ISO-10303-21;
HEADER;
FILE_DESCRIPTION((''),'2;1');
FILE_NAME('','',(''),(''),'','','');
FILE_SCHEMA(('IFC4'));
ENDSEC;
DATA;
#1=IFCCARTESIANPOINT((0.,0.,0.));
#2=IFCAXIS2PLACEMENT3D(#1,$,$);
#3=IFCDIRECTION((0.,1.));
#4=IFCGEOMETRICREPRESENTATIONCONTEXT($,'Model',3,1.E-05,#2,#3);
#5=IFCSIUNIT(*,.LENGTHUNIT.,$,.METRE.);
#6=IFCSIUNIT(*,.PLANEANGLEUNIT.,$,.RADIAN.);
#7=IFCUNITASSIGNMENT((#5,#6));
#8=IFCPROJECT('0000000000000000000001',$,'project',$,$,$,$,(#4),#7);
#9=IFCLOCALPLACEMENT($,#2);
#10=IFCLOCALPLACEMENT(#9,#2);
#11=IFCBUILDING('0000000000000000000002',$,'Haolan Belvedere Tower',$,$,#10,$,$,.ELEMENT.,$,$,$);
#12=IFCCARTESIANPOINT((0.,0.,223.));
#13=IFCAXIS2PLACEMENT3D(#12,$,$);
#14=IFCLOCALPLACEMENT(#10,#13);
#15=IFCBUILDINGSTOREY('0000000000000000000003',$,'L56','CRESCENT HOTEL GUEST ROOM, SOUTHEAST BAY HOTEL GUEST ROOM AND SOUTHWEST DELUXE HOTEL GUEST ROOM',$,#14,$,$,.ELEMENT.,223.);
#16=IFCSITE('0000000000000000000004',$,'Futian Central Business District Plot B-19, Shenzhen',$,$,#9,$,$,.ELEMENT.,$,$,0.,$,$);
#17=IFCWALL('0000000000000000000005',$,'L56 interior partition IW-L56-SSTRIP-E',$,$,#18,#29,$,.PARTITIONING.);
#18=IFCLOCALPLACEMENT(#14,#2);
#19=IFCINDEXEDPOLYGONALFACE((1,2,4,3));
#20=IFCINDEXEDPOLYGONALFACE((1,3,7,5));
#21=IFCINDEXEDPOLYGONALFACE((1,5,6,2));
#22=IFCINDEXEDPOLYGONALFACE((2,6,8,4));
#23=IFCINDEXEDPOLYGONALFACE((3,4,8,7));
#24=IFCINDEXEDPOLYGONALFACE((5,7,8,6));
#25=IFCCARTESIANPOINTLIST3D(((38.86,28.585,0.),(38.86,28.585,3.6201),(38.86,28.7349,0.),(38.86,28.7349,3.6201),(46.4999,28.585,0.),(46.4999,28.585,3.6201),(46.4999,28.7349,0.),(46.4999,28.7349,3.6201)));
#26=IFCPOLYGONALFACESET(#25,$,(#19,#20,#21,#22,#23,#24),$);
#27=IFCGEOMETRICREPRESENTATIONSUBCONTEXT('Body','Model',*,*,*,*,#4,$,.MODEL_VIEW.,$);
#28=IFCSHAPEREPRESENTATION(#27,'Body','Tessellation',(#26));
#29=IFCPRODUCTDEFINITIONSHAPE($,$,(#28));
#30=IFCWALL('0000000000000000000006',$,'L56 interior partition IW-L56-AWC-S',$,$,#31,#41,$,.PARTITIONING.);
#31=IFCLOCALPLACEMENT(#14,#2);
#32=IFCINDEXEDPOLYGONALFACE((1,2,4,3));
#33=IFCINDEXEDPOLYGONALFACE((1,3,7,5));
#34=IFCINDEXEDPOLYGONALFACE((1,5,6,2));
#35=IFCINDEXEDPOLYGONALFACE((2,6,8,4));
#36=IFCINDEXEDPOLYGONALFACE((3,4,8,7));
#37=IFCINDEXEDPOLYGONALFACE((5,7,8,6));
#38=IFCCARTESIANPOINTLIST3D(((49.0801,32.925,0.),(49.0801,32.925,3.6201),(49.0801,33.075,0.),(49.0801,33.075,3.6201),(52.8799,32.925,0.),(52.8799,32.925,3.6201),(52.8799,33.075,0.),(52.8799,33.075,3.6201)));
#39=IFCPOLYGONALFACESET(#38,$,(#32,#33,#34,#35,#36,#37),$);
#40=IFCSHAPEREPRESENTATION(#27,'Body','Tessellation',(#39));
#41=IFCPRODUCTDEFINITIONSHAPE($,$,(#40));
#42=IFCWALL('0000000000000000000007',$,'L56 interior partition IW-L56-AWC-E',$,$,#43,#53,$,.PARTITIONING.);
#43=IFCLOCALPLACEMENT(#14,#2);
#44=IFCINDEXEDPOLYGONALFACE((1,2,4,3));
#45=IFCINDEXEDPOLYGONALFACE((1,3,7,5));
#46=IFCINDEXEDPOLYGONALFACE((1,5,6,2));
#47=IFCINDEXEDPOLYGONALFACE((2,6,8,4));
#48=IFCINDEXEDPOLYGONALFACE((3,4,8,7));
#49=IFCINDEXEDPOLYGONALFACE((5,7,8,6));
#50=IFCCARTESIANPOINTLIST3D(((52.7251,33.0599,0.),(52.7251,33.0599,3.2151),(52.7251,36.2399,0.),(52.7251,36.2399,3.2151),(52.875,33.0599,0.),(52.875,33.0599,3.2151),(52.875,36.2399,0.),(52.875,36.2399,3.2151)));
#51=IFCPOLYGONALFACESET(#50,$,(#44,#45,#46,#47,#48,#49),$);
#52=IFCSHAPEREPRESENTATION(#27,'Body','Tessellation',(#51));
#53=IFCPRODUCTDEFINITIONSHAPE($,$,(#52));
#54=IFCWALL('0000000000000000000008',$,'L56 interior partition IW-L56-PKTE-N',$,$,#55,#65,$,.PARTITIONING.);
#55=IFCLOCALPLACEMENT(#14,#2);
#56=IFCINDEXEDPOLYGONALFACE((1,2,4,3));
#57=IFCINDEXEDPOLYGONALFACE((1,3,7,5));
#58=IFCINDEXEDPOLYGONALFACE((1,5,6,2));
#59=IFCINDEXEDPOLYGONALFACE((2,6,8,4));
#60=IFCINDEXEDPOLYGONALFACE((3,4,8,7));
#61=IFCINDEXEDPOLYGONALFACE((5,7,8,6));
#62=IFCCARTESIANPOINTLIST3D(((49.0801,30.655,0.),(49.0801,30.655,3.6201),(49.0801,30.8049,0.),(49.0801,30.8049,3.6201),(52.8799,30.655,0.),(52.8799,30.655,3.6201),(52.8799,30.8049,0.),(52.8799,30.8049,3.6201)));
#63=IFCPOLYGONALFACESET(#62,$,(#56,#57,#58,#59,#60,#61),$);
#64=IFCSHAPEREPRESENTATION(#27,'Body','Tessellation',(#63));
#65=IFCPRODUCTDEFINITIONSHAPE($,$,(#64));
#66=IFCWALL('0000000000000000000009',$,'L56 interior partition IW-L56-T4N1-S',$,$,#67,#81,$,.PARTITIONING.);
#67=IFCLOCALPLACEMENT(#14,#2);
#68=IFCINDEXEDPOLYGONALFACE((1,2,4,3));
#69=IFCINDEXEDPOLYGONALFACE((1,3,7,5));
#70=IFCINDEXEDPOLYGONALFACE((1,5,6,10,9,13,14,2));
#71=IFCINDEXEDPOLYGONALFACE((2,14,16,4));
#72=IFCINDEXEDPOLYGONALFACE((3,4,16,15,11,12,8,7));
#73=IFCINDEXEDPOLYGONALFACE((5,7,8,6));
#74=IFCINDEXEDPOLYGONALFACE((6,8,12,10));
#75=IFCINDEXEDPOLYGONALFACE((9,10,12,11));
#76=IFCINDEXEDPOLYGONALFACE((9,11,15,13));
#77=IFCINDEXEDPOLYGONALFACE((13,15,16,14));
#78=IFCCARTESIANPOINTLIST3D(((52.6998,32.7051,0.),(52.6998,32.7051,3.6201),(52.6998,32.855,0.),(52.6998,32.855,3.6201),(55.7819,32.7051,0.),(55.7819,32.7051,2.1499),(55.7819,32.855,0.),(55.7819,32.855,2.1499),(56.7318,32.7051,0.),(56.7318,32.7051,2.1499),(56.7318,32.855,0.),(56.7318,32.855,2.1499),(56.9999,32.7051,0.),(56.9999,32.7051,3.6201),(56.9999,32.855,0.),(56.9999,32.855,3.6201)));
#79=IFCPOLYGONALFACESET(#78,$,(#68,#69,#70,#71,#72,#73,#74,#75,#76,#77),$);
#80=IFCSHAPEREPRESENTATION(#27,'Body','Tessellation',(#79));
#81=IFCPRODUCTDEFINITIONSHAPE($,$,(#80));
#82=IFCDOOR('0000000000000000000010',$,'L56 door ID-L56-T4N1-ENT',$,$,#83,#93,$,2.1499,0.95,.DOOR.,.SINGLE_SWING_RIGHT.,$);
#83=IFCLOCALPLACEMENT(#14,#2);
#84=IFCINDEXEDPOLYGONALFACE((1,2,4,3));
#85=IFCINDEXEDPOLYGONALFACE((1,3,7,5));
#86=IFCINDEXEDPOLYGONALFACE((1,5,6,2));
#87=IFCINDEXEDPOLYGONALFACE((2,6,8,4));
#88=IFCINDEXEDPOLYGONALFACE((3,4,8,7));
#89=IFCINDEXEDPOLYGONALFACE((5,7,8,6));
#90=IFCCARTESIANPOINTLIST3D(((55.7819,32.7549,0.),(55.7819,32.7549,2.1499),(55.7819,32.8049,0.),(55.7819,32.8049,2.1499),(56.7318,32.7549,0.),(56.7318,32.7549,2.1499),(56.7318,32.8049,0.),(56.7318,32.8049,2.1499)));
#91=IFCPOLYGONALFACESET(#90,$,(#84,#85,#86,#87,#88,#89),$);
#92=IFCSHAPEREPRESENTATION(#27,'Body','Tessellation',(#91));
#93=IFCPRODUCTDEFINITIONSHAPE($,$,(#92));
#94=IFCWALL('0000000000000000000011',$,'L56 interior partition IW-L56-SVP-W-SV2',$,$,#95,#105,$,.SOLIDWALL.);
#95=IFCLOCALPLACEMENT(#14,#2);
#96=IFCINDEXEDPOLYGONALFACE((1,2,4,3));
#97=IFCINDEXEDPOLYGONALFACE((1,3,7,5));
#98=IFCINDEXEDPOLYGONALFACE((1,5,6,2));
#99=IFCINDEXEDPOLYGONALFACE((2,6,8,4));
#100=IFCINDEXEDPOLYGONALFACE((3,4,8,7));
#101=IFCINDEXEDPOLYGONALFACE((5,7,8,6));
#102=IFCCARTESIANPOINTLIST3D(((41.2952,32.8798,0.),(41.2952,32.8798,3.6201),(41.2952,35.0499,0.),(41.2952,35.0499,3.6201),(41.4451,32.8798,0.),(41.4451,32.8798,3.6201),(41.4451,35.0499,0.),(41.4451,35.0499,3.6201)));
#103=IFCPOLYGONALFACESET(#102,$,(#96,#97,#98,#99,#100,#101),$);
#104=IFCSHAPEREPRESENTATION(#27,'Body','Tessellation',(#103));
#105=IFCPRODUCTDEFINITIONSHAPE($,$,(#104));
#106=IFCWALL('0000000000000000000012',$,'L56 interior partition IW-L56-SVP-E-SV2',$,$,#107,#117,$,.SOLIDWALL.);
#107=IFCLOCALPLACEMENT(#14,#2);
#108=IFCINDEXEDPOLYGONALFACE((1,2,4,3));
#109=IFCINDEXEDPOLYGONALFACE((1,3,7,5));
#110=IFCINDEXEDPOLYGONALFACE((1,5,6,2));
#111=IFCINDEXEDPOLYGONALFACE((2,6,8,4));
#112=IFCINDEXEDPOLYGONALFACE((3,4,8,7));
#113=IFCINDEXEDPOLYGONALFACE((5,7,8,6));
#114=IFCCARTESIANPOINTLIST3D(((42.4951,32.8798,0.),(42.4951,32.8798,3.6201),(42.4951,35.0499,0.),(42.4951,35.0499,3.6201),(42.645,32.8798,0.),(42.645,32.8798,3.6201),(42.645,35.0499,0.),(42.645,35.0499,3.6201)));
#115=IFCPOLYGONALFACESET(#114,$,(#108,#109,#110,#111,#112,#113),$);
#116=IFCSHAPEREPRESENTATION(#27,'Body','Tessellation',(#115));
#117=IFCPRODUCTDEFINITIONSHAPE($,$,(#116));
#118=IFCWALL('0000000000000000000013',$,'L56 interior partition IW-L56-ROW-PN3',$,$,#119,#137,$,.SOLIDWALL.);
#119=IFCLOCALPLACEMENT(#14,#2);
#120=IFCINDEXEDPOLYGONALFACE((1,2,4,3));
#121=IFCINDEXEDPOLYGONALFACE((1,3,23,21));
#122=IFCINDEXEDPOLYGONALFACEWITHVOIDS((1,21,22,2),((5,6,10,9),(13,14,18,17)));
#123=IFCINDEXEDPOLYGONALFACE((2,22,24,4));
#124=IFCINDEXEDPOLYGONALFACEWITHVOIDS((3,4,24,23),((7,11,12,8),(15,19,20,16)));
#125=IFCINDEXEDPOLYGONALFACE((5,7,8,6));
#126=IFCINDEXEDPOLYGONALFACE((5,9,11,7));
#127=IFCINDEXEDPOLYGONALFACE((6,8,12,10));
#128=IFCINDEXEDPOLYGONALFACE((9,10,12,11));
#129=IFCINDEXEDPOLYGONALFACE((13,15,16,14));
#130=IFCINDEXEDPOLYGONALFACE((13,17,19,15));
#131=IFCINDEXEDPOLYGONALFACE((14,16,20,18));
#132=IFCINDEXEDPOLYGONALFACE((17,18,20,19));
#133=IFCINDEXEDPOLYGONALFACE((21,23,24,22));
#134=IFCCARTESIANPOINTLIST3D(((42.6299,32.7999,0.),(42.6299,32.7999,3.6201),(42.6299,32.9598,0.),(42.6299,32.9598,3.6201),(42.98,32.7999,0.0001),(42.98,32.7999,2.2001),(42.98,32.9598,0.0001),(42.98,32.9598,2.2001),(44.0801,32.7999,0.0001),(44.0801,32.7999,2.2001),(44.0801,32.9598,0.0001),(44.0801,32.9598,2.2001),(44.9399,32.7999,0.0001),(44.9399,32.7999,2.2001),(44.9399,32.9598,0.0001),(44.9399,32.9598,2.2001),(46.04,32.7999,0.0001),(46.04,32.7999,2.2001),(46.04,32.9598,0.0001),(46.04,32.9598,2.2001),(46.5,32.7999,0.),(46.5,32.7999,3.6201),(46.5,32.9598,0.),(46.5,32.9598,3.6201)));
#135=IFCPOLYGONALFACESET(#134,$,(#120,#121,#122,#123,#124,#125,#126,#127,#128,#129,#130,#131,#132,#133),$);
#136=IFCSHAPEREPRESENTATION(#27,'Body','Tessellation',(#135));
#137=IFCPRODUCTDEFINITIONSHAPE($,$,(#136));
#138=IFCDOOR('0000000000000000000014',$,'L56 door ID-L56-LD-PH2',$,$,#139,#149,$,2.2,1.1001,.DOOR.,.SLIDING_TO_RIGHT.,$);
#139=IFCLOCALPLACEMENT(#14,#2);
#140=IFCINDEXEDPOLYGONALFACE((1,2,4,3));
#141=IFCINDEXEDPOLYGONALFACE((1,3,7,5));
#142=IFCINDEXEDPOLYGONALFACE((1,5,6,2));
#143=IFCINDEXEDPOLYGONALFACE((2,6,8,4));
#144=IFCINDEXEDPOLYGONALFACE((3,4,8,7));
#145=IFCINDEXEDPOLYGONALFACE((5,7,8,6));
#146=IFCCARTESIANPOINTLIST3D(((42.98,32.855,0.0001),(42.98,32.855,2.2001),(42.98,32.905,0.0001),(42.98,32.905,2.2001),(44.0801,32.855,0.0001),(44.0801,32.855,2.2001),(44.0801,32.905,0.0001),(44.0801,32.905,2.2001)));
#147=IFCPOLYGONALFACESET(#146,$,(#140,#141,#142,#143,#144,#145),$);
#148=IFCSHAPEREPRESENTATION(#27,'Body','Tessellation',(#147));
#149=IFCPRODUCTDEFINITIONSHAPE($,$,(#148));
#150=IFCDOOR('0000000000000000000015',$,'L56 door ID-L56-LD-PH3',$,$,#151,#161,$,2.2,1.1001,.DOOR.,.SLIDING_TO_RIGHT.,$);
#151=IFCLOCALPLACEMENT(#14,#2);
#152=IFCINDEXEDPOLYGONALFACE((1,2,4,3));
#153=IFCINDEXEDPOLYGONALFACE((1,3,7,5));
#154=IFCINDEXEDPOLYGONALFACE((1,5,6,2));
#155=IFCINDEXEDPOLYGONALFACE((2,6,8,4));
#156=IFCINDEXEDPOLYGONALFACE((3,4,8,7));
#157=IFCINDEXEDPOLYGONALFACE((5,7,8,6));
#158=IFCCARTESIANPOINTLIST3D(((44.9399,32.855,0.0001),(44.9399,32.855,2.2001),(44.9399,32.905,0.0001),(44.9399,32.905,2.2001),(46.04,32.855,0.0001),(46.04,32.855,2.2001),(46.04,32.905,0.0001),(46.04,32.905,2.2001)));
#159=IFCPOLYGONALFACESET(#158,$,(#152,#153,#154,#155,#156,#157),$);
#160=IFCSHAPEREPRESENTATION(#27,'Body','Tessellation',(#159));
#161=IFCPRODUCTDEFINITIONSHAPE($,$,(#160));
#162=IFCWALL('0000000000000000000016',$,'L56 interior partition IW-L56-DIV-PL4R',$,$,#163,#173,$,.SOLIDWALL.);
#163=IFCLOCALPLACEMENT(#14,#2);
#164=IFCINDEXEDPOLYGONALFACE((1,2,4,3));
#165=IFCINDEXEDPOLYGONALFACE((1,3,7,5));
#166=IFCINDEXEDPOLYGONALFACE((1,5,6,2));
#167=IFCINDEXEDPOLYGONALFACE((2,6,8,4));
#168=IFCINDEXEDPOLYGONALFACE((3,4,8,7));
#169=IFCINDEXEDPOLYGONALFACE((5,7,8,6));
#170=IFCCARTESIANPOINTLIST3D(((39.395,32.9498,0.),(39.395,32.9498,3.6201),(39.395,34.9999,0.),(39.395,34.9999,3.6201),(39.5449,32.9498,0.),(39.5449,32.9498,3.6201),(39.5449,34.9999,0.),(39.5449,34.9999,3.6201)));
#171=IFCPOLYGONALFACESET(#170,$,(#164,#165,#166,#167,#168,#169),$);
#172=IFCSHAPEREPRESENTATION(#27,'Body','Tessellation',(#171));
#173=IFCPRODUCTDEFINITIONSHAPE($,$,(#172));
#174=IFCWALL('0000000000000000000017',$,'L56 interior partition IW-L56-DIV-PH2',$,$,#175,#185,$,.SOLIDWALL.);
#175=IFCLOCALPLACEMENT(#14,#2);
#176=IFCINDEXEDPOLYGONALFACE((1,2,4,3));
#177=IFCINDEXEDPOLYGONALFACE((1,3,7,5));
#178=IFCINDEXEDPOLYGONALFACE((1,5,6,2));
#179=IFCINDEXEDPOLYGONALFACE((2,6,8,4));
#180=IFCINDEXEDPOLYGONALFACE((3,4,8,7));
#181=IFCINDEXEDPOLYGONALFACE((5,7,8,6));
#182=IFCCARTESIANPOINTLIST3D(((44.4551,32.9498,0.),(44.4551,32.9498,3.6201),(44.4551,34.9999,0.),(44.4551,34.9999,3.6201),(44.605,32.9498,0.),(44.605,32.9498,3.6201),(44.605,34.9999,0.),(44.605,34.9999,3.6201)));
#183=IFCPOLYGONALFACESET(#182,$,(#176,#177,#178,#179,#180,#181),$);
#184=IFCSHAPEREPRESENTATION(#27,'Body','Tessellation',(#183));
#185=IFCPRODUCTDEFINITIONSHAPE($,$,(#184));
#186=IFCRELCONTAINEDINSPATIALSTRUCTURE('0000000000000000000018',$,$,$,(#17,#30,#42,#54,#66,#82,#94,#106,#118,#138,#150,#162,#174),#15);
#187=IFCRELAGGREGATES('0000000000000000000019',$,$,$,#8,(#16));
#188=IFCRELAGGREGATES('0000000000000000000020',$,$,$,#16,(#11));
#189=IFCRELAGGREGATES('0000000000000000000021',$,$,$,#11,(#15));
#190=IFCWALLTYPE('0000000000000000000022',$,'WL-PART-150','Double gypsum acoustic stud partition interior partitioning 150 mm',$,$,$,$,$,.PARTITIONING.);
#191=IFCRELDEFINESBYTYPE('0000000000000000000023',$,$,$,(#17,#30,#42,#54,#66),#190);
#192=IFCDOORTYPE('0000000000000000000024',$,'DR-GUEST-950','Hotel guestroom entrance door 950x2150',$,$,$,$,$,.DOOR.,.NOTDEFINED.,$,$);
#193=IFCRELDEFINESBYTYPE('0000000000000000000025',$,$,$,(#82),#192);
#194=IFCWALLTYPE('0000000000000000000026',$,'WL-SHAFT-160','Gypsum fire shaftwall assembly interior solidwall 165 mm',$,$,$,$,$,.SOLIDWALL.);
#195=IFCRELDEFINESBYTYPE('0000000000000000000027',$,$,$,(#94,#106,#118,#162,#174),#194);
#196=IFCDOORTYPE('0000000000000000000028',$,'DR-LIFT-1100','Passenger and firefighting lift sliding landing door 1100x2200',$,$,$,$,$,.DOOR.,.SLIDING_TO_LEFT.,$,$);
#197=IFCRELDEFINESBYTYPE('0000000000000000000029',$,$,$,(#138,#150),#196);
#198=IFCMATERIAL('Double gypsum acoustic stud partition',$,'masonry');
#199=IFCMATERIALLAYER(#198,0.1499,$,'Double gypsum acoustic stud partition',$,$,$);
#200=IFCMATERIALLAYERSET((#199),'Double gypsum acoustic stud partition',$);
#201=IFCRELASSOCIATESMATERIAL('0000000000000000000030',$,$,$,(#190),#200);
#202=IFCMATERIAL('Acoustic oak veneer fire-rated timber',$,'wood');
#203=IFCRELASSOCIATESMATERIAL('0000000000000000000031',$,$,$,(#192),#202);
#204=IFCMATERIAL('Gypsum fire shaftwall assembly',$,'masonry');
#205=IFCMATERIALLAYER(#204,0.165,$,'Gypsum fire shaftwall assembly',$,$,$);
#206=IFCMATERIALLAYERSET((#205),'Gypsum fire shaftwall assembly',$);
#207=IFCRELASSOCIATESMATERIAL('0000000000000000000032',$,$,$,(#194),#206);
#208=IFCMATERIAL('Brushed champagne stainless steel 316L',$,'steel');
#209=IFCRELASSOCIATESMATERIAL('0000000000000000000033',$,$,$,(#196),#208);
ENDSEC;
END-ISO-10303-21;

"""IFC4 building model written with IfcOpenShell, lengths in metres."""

from ifc_helpers import new_model, si_unit, direction, frame, frame_2d, origin, place, context, subcontext, project, spatial, rectangle, extrude, material, layer, layer_set, type_object, element, fill, save


model = new_model("IFC4")

# Units and contexts
model_context = context("Model", 3, precision=1e-05, world=origin(), true_north=direction((0.0, 1.0)))
body_context = subcontext(model_context, "Body", "Model", "MODEL_VIEW")
ifc_project = project(units=[si_unit("LENGTHUNIT", "METRE"), si_unit("PLANEANGLEUNIT", "RADIAN")], contexts=[model_context])

# Site, building, storey
site_placement = place(None, origin())
site = spatial("IfcSite", under=ifc_project, at=site_placement, Name="Futian Central Business District Plot B-19, Shenzhen", CompositionType="ELEMENT", RefElevation=0.0)
building_placement = place(site_placement, origin())
building = spatial("IfcBuilding", under=site, at=building_placement, Name="Haolan Belvedere Tower", CompositionType="ELEMENT")
storey_placement = place(building_placement, frame((0.0, 0.0, 223.0)))
storey = spatial("IfcBuildingStorey", under=building, at=storey_placement, Name="L56", Description="CRESCENT HOTEL GUEST ROOM, SOUTHEAST BAY HOTEL GUEST ROOM AND SOUTHWEST DELUXE HOTEL GUEST ROOM", CompositionType="ELEMENT", Elevation=223.0)

# Walls
ifc_material_1 = material(Name="Double gypsum acoustic stud partition", Category="masonry")
ifc_layer_1 = layer(ifc_material_1, 0.1499, Name="Double gypsum acoustic stud partition")
ifc_layer_set_1 = layer_set([ifc_layer_1], Name="Double gypsum acoustic stud partition")
wall_type_1 = type_object("IfcWallType", Name="WL-PART-150", Description="Double gypsum acoustic stud partition interior partitioning 150 mm", PredefinedType="PARTITIONING", material=ifc_layer_set_1)
wall_1_placement = place(storey_placement, frame((38.8601, 28.6599, 0.0), z_axis=(0.0, 0.0, 1.0), x_axis=(1.0, 0.0, 0.0)))
element("IfcWall", 1, at=wall_1_placement, inside=storey, type_object=wall_type_1, Name="L56 interior partition IW-L56-SSTRIP-E", PredefinedType="PARTITIONING", context=body_context, shape_type="SweptSolid", body=[
    extrude(rectangle(XDim=7.6399, YDim=0.1499, at=frame_2d((3.8198, 0.0))), origin(), (0.0, 0.0, 1.0), 3.6201),
])
wall_2_placement = place(storey_placement, frame((49.0801, 33.0, 0.0), z_axis=(0.0, 0.0, 1.0), x_axis=(1.0, 0.0, 0.0)))
element("IfcWall", 2, at=wall_2_placement, inside=storey, type_object=wall_type_1, Name="L56 interior partition IW-L56-AWC-S", PredefinedType="PARTITIONING", context=body_context, shape_type="SweptSolid", body=[
    extrude(rectangle(XDim=3.7998, YDim=0.1499, at=frame_2d((1.8999, 0.0))), origin(), (0.0, 0.0, 1.0), 3.6201),
])

# Walls
wall_3_placement = place(storey_placement, frame((52.8, 33.0601, 0.0), z_axis=(0.0, 0.0, 1.0), x_axis=(0.0, 1.0, 0.0)))
element("IfcWall", 3, at=wall_3_placement, inside=storey, type_object=wall_type_1, Name="L56 interior partition IW-L56-AWC-E", PredefinedType="PARTITIONING", context=body_context, shape_type="SweptSolid", body=[
    extrude(rectangle(XDim=3.1799, YDim=0.1499, at=frame_2d((1.5898, 0.0))), origin(), (0.0, 0.0, 1.0), 3.2151),
])
wall_4_placement = place(storey_placement, frame((49.0801, 30.73, 0.0), z_axis=(0.0, 0.0, 1.0), x_axis=(1.0, 0.0, 0.0)))
element("IfcWall", 4, at=wall_4_placement, inside=storey, type_object=wall_type_1, Name="L56 interior partition IW-L56-PKTE-N", PredefinedType="PARTITIONING", context=body_context, shape_type="SweptSolid", body=[
    extrude(rectangle(XDim=3.7998, YDim=0.1499, at=frame_2d((1.8999, 0.0))), origin(), (0.0, 0.0, 1.0), 3.6201),
])

# Wall, opening, door
wall_5_placement = place(storey_placement, frame((52.7, 32.78, 0.0), z_axis=(0.0, 0.0, 1.0), x_axis=(1.0, 0.0, 0.0)))
wall_5 = element("IfcWall", 5, at=wall_5_placement, inside=storey, type_object=wall_type_1, Name="L56 interior partition IW-L56-T4N1-S", PredefinedType="PARTITIONING", context=body_context, shape_type="SweptSolid", body=[
    extrude(rectangle(XDim=4.3, YDim=0.1499, at=frame_2d((2.1499, 0.0))), origin(), (0.0, 0.0, 1.0), 3.6201),
])
opening_1_placement = place(wall_5_placement, frame((3.0818, 0.0, 0.0)))
opening_1 = element("IfcOpeningElement", 6, at=opening_1_placement, cuts=wall_5, PredefinedType="OPENING", context=body_context, shape_type="SweptSolid", body=[
    extrude(rectangle(XDim=0.95, YDim=2.1499, at=frame_2d((0.4751, 1.075))), frame((0.0, 0.085, 0.0), z_axis=(0.0, -1.0, 0.0), x_axis=(1.0, 0.0, 0.0)), (0.0, 0.0, 1.0), 0.1699),
])
ifc_material_2 = material(Name="Acoustic oak veneer fire-rated timber", Category="wood")
door_type_1 = type_object("IfcDoorType", Name="DR-GUEST-950", Description="Hotel guestroom entrance door 950x2150", OperationType="NOTDEFINED", PredefinedType="DOOR", material=ifc_material_2)
door_1_placement = place(opening_1_placement, origin())
door_1 = element("IfcDoor", 7, at=door_1_placement, inside=storey, type_object=door_type_1, Name="L56 door ID-L56-T4N1-ENT", OperationType="SINGLE_SWING_RIGHT", OverallHeight=2.1499, OverallWidth=0.95, PredefinedType="DOOR", context=body_context, shape_type="SweptSolid", body=[
    extrude(rectangle(XDim=0.95, YDim=2.1499, at=frame_2d((0.4751, 1.075))), frame((0.0, 0.0249, 0.0), z_axis=(0.0, -1.0, 0.0), x_axis=(1.0, 0.0, 0.0)), (0.0, 0.0, 1.0), 0.05),
])
fill(opening_1, door_1)

# Walls
ifc_material_3 = material(Name="Gypsum fire shaftwall assembly", Category="masonry")
ifc_layer_2 = layer(ifc_material_3, 0.165, Name="Gypsum fire shaftwall assembly")
ifc_layer_set_2 = layer_set([ifc_layer_2], Name="Gypsum fire shaftwall assembly")
wall_type_2 = type_object("IfcWallType", Name="WL-SHAFT-160", Description="Gypsum fire shaftwall assembly interior solidwall 165 mm", PredefinedType="SOLIDWALL", material=ifc_layer_set_2)
for number, where, z_axis, x_axis, name in (
    (8, (41.3701, 32.8799, 0.0), (0.0, 0.0, 1.0), (0.0, 1.0, 0.0), "L56 interior partition IW-L56-SVP-W-SV2"),
    (9, (42.5701, 32.8799, 0.0), (0.0, 0.0, 1.0), (0.0, 1.0, 0.0), "L56 interior partition IW-L56-SVP-E-SV2"),
):
    element("IfcWall", number, at=place(storey_placement, frame(where, z_axis=z_axis, x_axis=x_axis)), inside=storey, type_object=wall_type_2, Name=name, PredefinedType="SOLIDWALL", context=body_context, shape_type="SweptSolid", body=[
        extrude(rectangle(XDim=2.1702, YDim=0.1499, at=frame_2d((1.085, 0.0))), origin(), (0.0, 0.0, 1.0), 3.6201),
    ])

# Wall, openings, doors
wall_6_placement = place(storey_placement, frame((42.6299, 32.8799, 0.0), z_axis=(0.0, 0.0, 1.0), x_axis=(1.0, 0.0, 0.0)))
wall_6 = element("IfcWall", 10, at=wall_6_placement, inside=storey, type_object=wall_type_2, Name="L56 interior partition IW-L56-ROW-PN3", PredefinedType="SOLIDWALL", context=body_context, shape_type="SweptSolid", body=[
    extrude(rectangle(XDim=3.8701, YDim=0.1599, at=frame_2d((1.9351, 0.0))), origin(), (0.0, 0.0, 1.0), 3.6201),
])
opening_2_placement = place(wall_6_placement, frame((1.4502, 0.0, 0.0), z_axis=(0.0, 0.0, 1.0), x_axis=(-1.0, 0.0, 0.0)))
opening_2 = element("IfcOpeningElement", 11, at=opening_2_placement, cuts=wall_6, PredefinedType="OPENING", context=body_context, shape_type="SweptSolid", body=[
    extrude(rectangle(XDim=1.1001, YDim=2.2, at=frame_2d((0.55, 1.1001))), frame((0.0, 0.0898, 0.0), z_axis=(0.0, -1.0, 0.0), x_axis=(1.0, 0.0, 0.0)), (0.0, 0.0, 1.0), 0.1799),
])
opening_3_placement = place(wall_6_placement, frame((3.4102, 0.0, 0.0), z_axis=(0.0, 0.0, 1.0), x_axis=(-1.0, 0.0, 0.0)))
opening_3 = element("IfcOpeningElement", 12, at=opening_3_placement, cuts=wall_6, PredefinedType="OPENING", context=body_context, shape_type="SweptSolid", body=[
    extrude(rectangle(XDim=1.1001, YDim=2.2, at=frame_2d((0.55, 1.1001))), frame((0.0, 0.0898, 0.0), z_axis=(0.0, -1.0, 0.0), x_axis=(1.0, 0.0, 0.0)), (0.0, 0.0, 1.0), 0.1799),
])
ifc_material_4 = material(Name="Brushed champagne stainless steel 316L", Category="steel")
door_type_2 = type_object("IfcDoorType", Name="DR-LIFT-1100", Description="Passenger and firefighting lift sliding landing door 1100x2200", OperationType="SLIDING_TO_LEFT", PredefinedType="DOOR", material=ifc_material_4)
door_2_placement = place(opening_2_placement, origin())
door_2 = element("IfcDoor", 13, at=door_2_placement, inside=storey, type_object=door_type_2, Name="L56 door ID-L56-LD-PH2", OperationType="SLIDING_TO_RIGHT", OverallHeight=2.2, OverallWidth=1.1001, PredefinedType="DOOR", context=body_context, shape_type="SweptSolid", body=[
    extrude(rectangle(XDim=1.1001, YDim=2.2, at=frame_2d((0.55, 1.1001))), frame((0.0, 0.0249, 0.0), z_axis=(0.0, -1.0, 0.0), x_axis=(1.0, 0.0, 0.0)), (0.0, 0.0, 1.0), 0.05),
])
fill(opening_2, door_2)
door_3_placement = place(opening_3_placement, origin())
door_3 = element("IfcDoor", 14, at=door_3_placement, inside=storey, type_object=door_type_2, Name="L56 door ID-L56-LD-PH3", OperationType="SLIDING_TO_RIGHT", OverallHeight=2.2, OverallWidth=1.1001, PredefinedType="DOOR", context=body_context, shape_type="SweptSolid", body=[
    extrude(rectangle(XDim=1.1001, YDim=2.2, at=frame_2d((0.55, 1.1001))), frame((0.0, 0.0249, 0.0), z_axis=(0.0, -1.0, 0.0), x_axis=(1.0, 0.0, 0.0)), (0.0, 0.0, 1.0), 0.05),
])
fill(opening_3, door_3)

# Walls
for number, where, z_axis, x_axis, name in (
    (15, (39.47, 32.95, 0.0), (0.0, 0.0, 1.0), (0.0, 1.0, 0.0), "L56 interior partition IW-L56-DIV-PL4R"),
    (16, (44.53, 32.95, 0.0), (0.0, 0.0, 1.0), (0.0, 1.0, 0.0), "L56 interior partition IW-L56-DIV-PH2"),
):
    element("IfcWall", number, at=place(storey_placement, frame(where, z_axis=z_axis, x_axis=x_axis)), inside=storey, type_object=wall_type_2, Name=name, PredefinedType="SOLIDWALL", context=body_context, shape_type="SweptSolid", body=[
        extrude(rectangle(XDim=2.05, YDim=0.1499, at=frame_2d((1.0249, 0.0))), origin(), (0.0, 0.0, 1.0), 3.6201),
    ])

save(model, "model.ifc")
